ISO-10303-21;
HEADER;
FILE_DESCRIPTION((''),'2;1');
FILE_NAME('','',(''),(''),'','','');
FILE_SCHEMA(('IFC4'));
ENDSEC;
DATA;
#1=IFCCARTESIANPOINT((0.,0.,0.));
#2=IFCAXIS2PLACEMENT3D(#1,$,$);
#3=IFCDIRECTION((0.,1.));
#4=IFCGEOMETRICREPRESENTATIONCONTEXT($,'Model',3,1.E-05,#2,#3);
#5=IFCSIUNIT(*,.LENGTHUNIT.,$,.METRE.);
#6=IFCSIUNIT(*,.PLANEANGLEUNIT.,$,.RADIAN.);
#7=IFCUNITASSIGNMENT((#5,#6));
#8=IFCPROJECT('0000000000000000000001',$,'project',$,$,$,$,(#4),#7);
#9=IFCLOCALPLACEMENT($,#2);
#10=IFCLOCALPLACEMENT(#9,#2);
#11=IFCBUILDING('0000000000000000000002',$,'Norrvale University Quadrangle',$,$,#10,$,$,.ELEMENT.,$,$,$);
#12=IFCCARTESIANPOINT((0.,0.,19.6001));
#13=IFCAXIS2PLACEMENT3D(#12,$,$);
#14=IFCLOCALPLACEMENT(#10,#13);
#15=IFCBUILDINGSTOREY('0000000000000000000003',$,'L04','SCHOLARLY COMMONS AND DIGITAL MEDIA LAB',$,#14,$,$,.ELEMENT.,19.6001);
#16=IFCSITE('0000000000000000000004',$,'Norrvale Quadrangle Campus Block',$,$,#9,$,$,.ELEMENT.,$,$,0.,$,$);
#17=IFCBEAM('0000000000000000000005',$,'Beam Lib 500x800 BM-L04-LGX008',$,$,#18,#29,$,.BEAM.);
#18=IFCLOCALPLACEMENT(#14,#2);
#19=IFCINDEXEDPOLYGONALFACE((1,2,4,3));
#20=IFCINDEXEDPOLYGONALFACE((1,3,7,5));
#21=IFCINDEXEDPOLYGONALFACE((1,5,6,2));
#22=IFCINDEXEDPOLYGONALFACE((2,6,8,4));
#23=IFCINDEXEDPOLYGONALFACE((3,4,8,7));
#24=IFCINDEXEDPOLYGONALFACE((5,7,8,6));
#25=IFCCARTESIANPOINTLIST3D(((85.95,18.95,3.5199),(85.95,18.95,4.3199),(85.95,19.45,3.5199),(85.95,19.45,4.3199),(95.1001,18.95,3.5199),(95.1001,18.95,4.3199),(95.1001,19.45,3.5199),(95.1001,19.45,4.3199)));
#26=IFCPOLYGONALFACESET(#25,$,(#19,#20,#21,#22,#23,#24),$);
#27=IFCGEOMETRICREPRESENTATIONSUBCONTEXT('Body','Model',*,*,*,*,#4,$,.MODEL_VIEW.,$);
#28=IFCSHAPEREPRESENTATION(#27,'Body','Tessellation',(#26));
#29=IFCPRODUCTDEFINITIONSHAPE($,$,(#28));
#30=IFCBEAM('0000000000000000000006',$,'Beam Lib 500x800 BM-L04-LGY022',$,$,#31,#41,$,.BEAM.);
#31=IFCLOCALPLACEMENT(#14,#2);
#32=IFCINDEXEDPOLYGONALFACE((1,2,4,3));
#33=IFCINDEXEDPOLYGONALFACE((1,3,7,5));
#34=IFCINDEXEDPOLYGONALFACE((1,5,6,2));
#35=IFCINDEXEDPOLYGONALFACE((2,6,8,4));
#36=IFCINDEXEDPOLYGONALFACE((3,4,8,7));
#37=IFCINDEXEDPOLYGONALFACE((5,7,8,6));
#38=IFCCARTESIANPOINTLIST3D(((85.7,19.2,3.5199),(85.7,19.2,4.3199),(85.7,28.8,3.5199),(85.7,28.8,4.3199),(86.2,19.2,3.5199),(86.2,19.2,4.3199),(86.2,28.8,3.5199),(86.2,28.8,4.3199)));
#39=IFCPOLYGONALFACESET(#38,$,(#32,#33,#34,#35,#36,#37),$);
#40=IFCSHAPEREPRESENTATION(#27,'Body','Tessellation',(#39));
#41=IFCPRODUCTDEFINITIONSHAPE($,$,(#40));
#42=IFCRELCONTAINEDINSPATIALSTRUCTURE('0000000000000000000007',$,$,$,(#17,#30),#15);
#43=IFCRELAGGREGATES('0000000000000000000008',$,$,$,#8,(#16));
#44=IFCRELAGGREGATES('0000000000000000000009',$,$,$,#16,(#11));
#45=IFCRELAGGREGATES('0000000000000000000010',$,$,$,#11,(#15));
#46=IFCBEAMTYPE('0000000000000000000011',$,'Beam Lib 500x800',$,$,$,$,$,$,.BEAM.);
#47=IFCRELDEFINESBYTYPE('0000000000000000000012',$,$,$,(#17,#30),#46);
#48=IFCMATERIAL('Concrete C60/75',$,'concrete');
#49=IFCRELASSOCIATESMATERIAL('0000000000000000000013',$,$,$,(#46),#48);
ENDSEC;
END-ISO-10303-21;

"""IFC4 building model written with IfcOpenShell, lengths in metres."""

from ifc_helpers import new_model, si_unit, direction, frame, origin, origin_2d, place, context, subcontext, project, spatial, rectangle, extrude, material, material_profile, profile_set, type_object, element, save


model = new_model("IFC4")

# Units and contexts
model_context = context("Model", 3, precision=1e-05, world=origin(), true_north=direction((0.0, 1.0)))
body_context = subcontext(model_context, "Body", "Model", "MODEL_VIEW")
ifc_project = project(units=[si_unit("LENGTHUNIT", "METRE"), si_unit("PLANEANGLEUNIT", "RADIAN")], contexts=[model_context])

# Site, building, storey
site_placement = place(None, origin())
site = spatial("IfcSite", under=ifc_project, at=site_placement, Name="Norrvale Quadrangle Campus Block", CompositionType="ELEMENT", RefElevation=0.0)
building_placement = place(site_placement, origin())
building = spatial("IfcBuilding", under=site, at=building_placement, Name="Norrvale University Quadrangle", CompositionType="ELEMENT")
storey_placement = place(building_placement, frame((0.0, 0.0, 19.6001)))
storey = spatial("IfcBuildingStorey", under=building, at=storey_placement, Name="L04", Description="SCHOLARLY COMMONS AND DIGITAL MEDIA LAB", CompositionType="ELEMENT", Elevation=19.6001)

# Shared definitions
ifc_material_1 = material(Name="Concrete C60/75", Category="concrete")

# Beams
ifc_material_profile_1 = material_profile(ifc_material_1, rectangle(XDim=0.5, YDim=0.8, at=origin_2d()), Name="Concrete C60/75")
ifc_profile_set_1 = profile_set([ifc_material_profile_1], Name="Concrete C60/75")
beam_type_1 = type_object("IfcBeamType", Name="Beam Lib 500x800", PredefinedType="BEAM", material=ifc_profile_set_1)
beam_1_placement = place(storey_placement, frame((85.95, 19.2, 3.9199), z_axis=(1.0, 0.0, 0.0), x_axis=(0.0, 1.0, 0.0)))
element("IfcBeam", 1, at=beam_1_placement, inside=storey, type_object=beam_type_1, Name="Beam Lib 500x800 BM-L04-LGX008", PredefinedType="BEAM", context=body_context, shape_type="SweptSolid", body=[
    extrude(rectangle(XDim=0.5, YDim=0.8, at=origin_2d()), origin(), (0.0, 0.0, 1.0), 9.1501),
])
beam_2_placement = place(storey_placement, frame((85.95, 19.2, 3.9199), z_axis=(0.0, 1.0, 0.0), x_axis=(-1.0, 0.0, 0.0)))
element("IfcBeam", 2, at=beam_2_placement, inside=storey, type_object=beam_type_1, Name="Beam Lib 500x800 BM-L04-LGY022", PredefinedType="BEAM", context=body_context, shape_type="SweptSolid", body=[
    extrude(rectangle(XDim=0.5, YDim=0.8, at=origin_2d()), origin(), (0.0, 0.0, 1.0), 9.6001),
])

save(model, "model.ifc")
